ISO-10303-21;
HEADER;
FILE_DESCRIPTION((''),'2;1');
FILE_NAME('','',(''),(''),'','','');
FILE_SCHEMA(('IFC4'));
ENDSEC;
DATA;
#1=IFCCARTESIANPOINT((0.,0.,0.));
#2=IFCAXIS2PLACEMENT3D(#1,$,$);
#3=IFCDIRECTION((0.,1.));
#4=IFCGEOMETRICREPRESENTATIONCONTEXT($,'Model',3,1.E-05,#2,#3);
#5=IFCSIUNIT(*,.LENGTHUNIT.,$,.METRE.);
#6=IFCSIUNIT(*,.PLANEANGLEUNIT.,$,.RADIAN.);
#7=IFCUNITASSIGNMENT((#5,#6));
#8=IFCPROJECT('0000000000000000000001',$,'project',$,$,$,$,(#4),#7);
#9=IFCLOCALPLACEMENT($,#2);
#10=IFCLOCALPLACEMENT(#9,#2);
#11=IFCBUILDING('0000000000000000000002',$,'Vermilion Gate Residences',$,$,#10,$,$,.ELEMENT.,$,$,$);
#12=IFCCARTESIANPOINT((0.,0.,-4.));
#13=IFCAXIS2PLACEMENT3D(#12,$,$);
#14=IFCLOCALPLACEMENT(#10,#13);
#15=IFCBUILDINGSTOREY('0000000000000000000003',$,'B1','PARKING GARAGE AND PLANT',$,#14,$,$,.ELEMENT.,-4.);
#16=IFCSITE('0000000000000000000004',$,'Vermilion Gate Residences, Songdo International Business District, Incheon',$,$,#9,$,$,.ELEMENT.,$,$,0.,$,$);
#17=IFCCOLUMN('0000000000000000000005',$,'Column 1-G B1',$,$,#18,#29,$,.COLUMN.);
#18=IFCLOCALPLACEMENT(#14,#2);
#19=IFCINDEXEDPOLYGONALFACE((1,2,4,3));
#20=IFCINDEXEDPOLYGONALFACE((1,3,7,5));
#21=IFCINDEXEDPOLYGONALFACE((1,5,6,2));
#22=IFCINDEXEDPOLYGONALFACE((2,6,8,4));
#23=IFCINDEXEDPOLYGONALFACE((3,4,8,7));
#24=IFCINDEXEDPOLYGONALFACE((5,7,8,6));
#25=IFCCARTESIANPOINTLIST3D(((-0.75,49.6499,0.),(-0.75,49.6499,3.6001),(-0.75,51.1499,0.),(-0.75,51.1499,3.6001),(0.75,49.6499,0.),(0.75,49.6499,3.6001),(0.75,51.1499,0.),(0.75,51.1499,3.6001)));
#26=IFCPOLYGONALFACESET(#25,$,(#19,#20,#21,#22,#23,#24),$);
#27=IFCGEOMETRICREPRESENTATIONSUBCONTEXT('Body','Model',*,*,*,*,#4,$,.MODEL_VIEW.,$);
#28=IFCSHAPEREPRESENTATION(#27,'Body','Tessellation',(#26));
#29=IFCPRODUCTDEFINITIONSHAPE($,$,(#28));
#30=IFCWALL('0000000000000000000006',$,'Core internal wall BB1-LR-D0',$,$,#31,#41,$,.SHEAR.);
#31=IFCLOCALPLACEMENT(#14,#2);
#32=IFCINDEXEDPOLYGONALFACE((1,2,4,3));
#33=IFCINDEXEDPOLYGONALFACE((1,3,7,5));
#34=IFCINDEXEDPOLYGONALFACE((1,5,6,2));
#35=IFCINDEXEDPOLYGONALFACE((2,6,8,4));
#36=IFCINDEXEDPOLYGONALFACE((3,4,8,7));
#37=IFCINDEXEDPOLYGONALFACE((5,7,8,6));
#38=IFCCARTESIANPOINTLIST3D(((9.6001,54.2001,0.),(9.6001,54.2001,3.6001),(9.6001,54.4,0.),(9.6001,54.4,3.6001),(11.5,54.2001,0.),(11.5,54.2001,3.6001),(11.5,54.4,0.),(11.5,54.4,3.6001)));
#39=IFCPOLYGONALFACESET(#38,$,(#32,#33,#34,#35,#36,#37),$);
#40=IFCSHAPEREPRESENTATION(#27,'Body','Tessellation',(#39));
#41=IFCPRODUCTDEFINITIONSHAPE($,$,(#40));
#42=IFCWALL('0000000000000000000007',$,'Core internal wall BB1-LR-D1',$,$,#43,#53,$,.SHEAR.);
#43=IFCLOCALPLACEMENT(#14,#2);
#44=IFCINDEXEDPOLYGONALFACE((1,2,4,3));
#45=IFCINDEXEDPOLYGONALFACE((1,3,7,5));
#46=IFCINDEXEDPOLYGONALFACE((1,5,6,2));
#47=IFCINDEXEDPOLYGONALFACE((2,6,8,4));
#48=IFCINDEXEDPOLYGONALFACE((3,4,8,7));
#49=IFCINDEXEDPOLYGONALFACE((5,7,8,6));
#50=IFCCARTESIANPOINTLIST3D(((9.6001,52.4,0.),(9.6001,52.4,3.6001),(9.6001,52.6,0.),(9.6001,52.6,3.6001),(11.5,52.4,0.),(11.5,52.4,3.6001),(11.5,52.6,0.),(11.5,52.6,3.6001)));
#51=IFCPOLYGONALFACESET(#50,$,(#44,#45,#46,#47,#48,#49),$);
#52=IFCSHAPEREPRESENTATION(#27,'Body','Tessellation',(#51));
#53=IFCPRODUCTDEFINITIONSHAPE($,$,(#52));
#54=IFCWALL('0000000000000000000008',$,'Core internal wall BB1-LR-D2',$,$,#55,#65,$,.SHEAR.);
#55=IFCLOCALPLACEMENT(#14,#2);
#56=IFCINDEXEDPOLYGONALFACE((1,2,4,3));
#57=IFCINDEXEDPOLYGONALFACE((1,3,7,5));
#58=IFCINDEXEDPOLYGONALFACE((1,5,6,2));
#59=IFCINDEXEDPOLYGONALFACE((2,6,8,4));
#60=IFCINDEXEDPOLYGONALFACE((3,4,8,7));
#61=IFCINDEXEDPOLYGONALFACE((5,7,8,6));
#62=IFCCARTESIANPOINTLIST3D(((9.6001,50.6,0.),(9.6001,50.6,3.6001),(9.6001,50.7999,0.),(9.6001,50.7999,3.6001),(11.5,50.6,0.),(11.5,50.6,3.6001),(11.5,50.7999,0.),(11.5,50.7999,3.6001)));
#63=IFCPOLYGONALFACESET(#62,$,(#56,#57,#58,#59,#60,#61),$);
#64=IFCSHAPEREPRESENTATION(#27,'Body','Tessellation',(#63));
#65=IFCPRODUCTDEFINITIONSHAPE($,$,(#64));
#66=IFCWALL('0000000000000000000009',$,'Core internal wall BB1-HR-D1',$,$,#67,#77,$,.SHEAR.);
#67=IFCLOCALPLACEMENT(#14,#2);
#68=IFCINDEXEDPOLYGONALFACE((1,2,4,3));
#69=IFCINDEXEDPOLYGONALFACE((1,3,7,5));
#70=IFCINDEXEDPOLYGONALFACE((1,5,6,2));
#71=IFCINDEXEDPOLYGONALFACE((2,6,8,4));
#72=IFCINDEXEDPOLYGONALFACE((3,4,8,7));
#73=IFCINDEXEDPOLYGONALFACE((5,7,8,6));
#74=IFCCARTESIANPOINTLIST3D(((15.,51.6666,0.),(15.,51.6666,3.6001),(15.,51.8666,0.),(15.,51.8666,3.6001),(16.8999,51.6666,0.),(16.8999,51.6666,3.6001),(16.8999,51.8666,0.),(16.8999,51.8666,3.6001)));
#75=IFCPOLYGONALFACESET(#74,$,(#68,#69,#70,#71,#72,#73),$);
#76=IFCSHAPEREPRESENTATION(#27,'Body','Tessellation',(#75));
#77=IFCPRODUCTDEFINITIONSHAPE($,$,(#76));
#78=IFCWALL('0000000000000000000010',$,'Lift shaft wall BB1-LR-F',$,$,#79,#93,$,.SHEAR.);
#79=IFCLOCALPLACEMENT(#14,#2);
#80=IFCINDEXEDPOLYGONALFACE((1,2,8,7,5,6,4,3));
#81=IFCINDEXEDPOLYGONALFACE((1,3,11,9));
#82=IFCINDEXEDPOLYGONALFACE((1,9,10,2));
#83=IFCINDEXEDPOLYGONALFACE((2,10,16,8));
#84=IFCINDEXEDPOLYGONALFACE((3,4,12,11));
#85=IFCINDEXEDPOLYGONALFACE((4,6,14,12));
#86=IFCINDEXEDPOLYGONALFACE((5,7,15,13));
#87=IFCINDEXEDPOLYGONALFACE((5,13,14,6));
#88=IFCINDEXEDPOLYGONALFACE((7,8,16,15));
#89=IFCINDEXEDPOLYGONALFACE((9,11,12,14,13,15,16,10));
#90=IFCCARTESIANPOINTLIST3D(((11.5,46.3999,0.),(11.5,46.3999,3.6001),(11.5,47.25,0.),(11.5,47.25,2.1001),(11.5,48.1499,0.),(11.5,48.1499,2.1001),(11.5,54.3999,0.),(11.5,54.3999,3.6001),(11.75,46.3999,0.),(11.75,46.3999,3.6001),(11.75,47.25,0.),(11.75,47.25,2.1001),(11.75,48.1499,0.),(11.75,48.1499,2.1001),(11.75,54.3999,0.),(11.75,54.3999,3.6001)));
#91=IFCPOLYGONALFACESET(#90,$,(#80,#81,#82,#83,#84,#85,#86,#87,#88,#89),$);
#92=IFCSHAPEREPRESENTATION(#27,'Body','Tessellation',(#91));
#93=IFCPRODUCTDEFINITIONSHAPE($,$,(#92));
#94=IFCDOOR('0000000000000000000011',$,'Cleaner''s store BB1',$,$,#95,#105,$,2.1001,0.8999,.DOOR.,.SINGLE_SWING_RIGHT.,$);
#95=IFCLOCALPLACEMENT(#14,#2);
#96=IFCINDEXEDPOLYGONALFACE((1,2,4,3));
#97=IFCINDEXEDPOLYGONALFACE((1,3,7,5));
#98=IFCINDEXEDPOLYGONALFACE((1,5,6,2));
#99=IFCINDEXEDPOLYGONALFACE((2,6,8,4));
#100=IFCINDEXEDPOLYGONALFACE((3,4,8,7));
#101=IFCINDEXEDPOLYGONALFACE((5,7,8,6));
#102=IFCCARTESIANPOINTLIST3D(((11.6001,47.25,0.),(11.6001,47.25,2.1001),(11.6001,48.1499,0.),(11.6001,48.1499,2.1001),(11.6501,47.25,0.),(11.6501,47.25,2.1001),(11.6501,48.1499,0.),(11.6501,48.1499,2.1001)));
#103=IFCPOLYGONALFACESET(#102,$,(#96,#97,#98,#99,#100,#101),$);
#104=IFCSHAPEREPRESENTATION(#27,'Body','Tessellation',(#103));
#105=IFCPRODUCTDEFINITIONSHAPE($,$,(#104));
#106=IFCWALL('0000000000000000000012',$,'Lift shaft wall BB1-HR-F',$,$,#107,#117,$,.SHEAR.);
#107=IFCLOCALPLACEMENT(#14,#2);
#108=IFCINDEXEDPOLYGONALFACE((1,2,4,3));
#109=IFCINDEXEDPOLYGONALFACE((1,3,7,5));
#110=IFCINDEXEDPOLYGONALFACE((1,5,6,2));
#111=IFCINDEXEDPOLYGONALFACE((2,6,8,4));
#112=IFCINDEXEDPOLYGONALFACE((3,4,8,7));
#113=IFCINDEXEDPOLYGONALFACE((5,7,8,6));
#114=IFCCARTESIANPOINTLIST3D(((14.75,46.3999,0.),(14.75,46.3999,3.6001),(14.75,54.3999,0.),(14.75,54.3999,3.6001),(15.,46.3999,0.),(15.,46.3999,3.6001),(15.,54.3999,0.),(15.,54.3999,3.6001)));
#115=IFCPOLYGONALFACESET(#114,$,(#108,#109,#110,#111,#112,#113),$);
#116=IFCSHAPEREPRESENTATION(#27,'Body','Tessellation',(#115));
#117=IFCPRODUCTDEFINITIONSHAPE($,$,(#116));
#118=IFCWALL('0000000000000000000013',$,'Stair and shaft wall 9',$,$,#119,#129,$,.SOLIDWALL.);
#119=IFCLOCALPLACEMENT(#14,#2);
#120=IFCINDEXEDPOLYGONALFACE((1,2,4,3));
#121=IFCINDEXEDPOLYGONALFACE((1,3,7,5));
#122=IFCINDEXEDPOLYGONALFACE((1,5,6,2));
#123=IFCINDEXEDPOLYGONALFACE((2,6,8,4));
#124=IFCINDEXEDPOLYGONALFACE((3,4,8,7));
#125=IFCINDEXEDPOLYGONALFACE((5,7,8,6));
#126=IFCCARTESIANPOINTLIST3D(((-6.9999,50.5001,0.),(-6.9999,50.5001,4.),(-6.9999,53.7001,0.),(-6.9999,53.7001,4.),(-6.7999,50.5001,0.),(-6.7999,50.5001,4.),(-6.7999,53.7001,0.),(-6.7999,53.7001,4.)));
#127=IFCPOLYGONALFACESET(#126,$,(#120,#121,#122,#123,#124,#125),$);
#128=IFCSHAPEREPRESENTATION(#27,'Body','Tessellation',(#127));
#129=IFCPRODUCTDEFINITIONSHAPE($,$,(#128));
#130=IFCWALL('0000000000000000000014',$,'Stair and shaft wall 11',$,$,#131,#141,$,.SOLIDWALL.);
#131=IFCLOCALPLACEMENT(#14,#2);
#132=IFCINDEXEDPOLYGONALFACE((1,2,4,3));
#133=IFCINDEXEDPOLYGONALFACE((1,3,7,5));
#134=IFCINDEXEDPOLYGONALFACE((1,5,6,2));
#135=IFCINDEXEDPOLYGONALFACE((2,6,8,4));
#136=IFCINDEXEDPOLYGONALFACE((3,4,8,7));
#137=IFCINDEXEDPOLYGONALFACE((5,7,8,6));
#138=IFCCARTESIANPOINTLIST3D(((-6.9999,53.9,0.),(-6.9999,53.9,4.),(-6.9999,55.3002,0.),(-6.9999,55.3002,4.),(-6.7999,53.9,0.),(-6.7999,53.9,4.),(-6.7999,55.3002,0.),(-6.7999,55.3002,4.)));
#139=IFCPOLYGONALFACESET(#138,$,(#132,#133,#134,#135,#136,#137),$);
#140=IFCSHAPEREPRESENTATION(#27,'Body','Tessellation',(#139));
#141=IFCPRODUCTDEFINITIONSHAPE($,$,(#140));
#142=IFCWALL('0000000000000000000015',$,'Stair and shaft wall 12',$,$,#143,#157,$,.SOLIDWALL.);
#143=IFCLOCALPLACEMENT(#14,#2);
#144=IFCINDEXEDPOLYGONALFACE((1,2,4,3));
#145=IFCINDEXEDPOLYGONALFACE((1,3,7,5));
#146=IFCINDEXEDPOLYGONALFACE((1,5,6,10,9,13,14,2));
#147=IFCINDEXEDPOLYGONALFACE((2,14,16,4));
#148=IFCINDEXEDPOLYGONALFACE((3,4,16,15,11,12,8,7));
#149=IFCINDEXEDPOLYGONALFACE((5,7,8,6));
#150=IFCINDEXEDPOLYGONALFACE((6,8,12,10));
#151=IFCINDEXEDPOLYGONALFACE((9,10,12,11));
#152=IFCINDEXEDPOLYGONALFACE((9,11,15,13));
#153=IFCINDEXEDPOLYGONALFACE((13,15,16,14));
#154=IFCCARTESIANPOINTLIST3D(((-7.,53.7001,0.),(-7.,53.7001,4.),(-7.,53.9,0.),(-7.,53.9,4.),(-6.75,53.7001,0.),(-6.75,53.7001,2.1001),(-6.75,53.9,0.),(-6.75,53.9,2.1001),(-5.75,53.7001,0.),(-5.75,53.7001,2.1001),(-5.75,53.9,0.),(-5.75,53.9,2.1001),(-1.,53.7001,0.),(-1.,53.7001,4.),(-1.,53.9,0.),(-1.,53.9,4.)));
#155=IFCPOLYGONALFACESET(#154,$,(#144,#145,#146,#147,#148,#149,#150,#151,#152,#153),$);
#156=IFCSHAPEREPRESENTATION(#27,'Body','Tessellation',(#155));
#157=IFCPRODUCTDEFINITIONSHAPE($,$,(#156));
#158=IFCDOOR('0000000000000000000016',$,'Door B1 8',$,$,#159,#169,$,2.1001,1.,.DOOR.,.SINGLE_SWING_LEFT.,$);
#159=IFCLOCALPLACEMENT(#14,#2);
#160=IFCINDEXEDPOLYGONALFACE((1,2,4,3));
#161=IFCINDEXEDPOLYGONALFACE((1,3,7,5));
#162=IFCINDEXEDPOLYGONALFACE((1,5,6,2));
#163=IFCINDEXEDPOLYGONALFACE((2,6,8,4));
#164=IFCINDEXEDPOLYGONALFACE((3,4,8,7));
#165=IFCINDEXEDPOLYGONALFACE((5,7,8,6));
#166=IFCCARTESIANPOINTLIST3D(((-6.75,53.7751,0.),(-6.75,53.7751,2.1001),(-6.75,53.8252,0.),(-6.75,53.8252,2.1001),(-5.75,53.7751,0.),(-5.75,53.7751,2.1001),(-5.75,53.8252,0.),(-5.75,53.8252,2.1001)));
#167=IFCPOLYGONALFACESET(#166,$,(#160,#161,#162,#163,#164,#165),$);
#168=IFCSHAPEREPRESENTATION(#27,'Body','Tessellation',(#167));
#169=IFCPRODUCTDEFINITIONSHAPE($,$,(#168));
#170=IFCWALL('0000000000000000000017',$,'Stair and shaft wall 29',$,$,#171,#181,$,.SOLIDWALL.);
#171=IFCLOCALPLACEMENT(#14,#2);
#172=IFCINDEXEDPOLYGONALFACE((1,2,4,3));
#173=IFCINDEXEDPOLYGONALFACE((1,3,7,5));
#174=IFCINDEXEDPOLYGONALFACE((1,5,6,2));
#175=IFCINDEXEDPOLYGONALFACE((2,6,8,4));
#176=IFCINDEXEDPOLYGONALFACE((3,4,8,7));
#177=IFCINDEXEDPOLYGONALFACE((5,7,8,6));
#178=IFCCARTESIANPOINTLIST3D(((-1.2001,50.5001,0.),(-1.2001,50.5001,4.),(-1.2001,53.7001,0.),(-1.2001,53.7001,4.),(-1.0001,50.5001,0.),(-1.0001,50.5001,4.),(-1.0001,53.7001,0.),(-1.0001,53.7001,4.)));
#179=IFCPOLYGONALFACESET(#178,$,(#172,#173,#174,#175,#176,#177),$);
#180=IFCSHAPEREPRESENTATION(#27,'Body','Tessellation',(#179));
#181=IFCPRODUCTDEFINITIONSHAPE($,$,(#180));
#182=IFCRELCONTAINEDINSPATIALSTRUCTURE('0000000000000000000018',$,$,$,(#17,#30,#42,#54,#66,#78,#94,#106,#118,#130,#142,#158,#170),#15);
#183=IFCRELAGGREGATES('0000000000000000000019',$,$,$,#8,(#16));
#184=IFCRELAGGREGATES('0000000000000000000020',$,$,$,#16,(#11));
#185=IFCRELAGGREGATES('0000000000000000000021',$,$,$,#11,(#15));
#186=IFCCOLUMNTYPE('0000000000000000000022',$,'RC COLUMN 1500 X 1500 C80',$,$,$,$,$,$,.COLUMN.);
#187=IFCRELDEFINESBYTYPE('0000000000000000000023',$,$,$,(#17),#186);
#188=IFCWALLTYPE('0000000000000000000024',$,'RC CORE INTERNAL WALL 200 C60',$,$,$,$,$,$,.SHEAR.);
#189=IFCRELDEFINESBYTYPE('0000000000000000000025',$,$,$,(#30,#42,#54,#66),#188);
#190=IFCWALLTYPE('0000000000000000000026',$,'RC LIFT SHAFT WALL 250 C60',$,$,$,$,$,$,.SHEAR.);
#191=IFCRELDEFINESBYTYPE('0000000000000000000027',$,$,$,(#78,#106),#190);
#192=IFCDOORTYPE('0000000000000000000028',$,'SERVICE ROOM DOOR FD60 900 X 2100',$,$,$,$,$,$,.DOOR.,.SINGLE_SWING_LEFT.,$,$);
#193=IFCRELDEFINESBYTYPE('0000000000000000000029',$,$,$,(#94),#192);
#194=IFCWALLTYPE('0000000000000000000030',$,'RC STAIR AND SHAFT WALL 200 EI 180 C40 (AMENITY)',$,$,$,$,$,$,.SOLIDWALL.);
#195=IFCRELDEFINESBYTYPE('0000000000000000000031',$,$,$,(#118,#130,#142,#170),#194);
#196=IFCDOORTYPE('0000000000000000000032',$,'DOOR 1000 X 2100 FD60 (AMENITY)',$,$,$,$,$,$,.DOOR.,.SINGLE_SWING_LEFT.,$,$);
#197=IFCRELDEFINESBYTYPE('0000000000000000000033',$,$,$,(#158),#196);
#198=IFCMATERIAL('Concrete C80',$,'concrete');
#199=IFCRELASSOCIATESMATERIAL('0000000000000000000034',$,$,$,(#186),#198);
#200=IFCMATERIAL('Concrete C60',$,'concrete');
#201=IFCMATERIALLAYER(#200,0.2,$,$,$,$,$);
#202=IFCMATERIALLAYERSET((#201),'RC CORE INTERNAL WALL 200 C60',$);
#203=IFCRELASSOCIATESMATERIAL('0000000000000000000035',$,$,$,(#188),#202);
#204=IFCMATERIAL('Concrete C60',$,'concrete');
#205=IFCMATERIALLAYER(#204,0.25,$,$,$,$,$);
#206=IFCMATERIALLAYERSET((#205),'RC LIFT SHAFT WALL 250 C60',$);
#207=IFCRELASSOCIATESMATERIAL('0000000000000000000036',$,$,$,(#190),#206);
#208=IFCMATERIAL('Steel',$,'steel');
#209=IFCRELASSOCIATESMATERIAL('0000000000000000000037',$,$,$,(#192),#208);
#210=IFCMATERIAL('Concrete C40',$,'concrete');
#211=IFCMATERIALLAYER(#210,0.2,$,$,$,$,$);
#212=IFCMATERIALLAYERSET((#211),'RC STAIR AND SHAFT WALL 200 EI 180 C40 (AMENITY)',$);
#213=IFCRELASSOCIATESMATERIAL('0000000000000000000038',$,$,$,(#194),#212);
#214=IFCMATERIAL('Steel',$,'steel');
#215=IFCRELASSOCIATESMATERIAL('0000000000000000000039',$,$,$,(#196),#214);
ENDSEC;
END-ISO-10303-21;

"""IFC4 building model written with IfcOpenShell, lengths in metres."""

from ifc_helpers import new_model, si_unit, direction, frame, frame_2d, origin, origin_2d, place, context, subcontext, project, spatial, rectangle, extrude, material, layer, layer_set, material_profile, profile_set, type_object, element, fill, save


model = new_model("IFC4")

# Units and contexts
model_context = context("Model", 3, precision=1e-05, world=origin(), true_north=direction((0.0, 1.0)))
body_context = subcontext(model_context, "Body", "Model", "MODEL_VIEW")
ifc_project = project(units=[si_unit("LENGTHUNIT", "METRE"), si_unit("PLANEANGLEUNIT", "RADIAN")], contexts=[model_context])

# Site, building, storey
site_placement = place(None, origin())
site = spatial("IfcSite", under=ifc_project, at=site_placement, Name="Vermilion Gate Residences, Songdo International Business District, Incheon", CompositionType="ELEMENT", RefElevation=0.0)
building_placement = place(site_placement, origin())
building = spatial("IfcBuilding", under=site, at=building_placement, Name="Vermilion Gate Residences", CompositionType="ELEMENT")
storey_placement = place(building_placement, frame((0.0, 0.0, -4.0)))
storey = spatial("IfcBuildingStorey", under=building, at=storey_placement, Name="B1", Description="PARKING GARAGE AND PLANT", CompositionType="ELEMENT", Elevation=-4.0)

# Column
ifc_material_1 = material(Name="Concrete C80", Category="concrete")
ifc_material_profile = material_profile(ifc_material_1, rectangle(XDim=1.5, YDim=1.5, at=origin_2d()), Name="RC-1500x1500")
ifc_profile_set = profile_set([ifc_material_profile], Name="Concrete C80")
column_type = type_object("IfcColumnType", Name="RC COLUMN 1500 X 1500 C80", PredefinedType="COLUMN", material=ifc_profile_set)
column_placement = place(storey_placement, frame((0.0, 50.3999, 0.0), z_axis=(0.0, 0.0, 1.0), x_axis=(1.0, 0.0, 0.0)))
element("IfcColumn", 1, at=column_placement, inside=storey, type_object=column_type, Name="Column 1-G B1", PredefinedType="COLUMN", context=body_context, shape_type="SweptSolid", body=[
    extrude(rectangle(XDim=1.5, YDim=1.5, at=origin_2d()), origin(), (0.0, 0.0, 1.0), 3.6001),
])

# Walls
ifc_material_2 = material(Name="Concrete C60", Category="concrete")
ifc_layer_1 = layer(ifc_material_2, 0.2)
ifc_layer_set_1 = layer_set([ifc_layer_1], Name="RC CORE INTERNAL WALL 200 C60")
wall_type_1 = type_object("IfcWallType", Name="RC CORE INTERNAL WALL 200 C60", PredefinedType="SHEAR", material=ifc_layer_set_1)
for number, where, z_axis, x_axis, name in (
    (2, (9.6001, 54.3, 0.0), (0.0, 0.0, 1.0), (1.0, 0.0, 0.0), "Core internal wall BB1-LR-D0"),
    (3, (9.6001, 52.5, 0.0), (0.0, 0.0, 1.0), (1.0, 0.0, 0.0), "Core internal wall BB1-LR-D1"),
    (4, (9.6001, 50.7, 0.0), (0.0, 0.0, 1.0), (1.0, 0.0, 0.0), "Core internal wall BB1-LR-D2"),
    (5, (15.0, 51.7666, 0.0), (0.0, 0.0, 1.0), (1.0, 0.0, 0.0), "Core internal wall BB1-HR-D1"),
):
    element("IfcWall", number, at=place(storey_placement, frame(where, z_axis=z_axis, x_axis=x_axis)), inside=storey, type_object=wall_type_1, Name=name, PredefinedType="SHEAR", context=body_context, shape_type="SweptSolid", body=[
        extrude(rectangle(XDim=1.8999, YDim=0.2, at=frame_2d((0.95, 0.0))), origin(), (0.0, 0.0, 1.0), 3.6001),
    ])

# Wall, opening, door
ifc_material_3 = material(Name="Concrete C60", Category="concrete")
ifc_layer_2 = layer(ifc_material_3, 0.25)
ifc_layer_set_2 = layer_set([ifc_layer_2], Name="RC LIFT SHAFT WALL 250 C60")
wall_type_2 = type_object("IfcWallType", Name="RC LIFT SHAFT WALL 250 C60", PredefinedType="SHEAR", material=ifc_layer_set_2)
wall_1_placement = place(storey_placement, frame((11.625, 54.3999, 0.0), z_axis=(0.0, 0.0, 1.0), x_axis=(0.0, -1.0, 0.0)))
wall_1 = element("IfcWall", 6, at=wall_1_placement, inside=storey, type_object=wall_type_2, Name="Lift shaft wall BB1-LR-F", PredefinedType="SHEAR", context=body_context, shape_type="SweptSolid", body=[
    extrude(rectangle(XDim=8.0, YDim=0.25, at=frame_2d((4.0, 0.0))), origin(), (0.0, 0.0, 1.0), 3.6001),
])
opening_1_placement = place(wall_1_placement, frame((6.25, 0.0, 0.0)))
opening_1 = element("IfcOpeningElement", 7, at=opening_1_placement, cuts=wall_1, PredefinedType="OPENING", context=body_context, shape_type="SweptSolid", body=[
    extrude(rectangle(XDim=0.8999, YDim=2.1001, at=frame_2d((0.45, 1.05))), frame((0.0, 0.135, 0.0), z_axis=(0.0, -1.0, 0.0), x_axis=(1.0, 0.0, 0.0)), (0.0, 0.0, 1.0), 0.27),
])
ifc_material_4 = material(Name="Steel", Category="steel")
door_type_1 = type_object("IfcDoorType", Name="SERVICE ROOM DOOR FD60 900 X 2100", OperationType="SINGLE_SWING_LEFT", PredefinedType="DOOR", material=ifc_material_4)
door_1_placement = place(opening_1_placement, frame((0.8999, 0.0, 0.0), z_axis=(0.0, 0.0, 1.0), x_axis=(-1.0, 0.0, 0.0)))
door_1 = element("IfcDoor", 8, at=door_1_placement, inside=storey, type_object=door_type_1, Name="Cleaner's store BB1", OperationType="SINGLE_SWING_RIGHT", OverallHeight=2.1001, OverallWidth=0.8999, PredefinedType="DOOR", context=body_context, shape_type="SweptSolid", body=[
    extrude(rectangle(XDim=0.8999, YDim=2.1001, at=frame_2d((0.45, 1.05))), frame((0.0, 0.0249, 0.0), z_axis=(0.0, -1.0, 0.0), x_axis=(1.0, 0.0, 0.0)), (0.0, 0.0, 1.0), 0.05),
])
fill(opening_1, door_1)

# Walls
wall_2_placement = place(storey_placement, frame((14.875, 54.3999, 0.0), z_axis=(0.0, 0.0, 1.0), x_axis=(0.0, -1.0, 0.0)))
element("IfcWall", 9, at=wall_2_placement, inside=storey, type_object=wall_type_2, Name="Lift shaft wall BB1-HR-F", PredefinedType="SHEAR", context=body_context, shape_type="SweptSolid", body=[
    extrude(rectangle(XDim=8.0, YDim=0.25, at=frame_2d((4.0, 0.0))), origin(), (0.0, 0.0, 1.0), 3.6001),
])
ifc_material_5 = material(Name="Concrete C40", Category="concrete")
ifc_layer_3 = layer(ifc_material_5, 0.2)
ifc_layer_set_3 = layer_set([ifc_layer_3], Name="RC STAIR AND SHAFT WALL 200 EI 180 C40 (AMENITY)")
wall_type_3 = type_object("IfcWallType", Name="RC STAIR AND SHAFT WALL 200 EI 180 C40 (AMENITY)", PredefinedType="SOLIDWALL", material=ifc_layer_set_3)
wall_3_placement = place(storey_placement, frame((-6.8999, 50.5, 0.0), z_axis=(0.0, 0.0, 1.0), x_axis=(0.0, 1.0, 0.0)))
element("IfcWall", 10, at=wall_3_placement, inside=storey, type_object=wall_type_3, Name="Stair and shaft wall 9", PredefinedType="SOLIDWALL", context=body_context, shape_type="SweptSolid", body=[
    extrude(rectangle(XDim=3.2, YDim=0.2, at=frame_2d((1.6001, 0.0))), origin(), (0.0, 0.0, 1.0), 4.0),
])
wall_4_placement = place(storey_placement, frame((-6.8999, 53.8999, 0.0), z_axis=(0.0, 0.0, 1.0), x_axis=(0.0, 1.0, 0.0)))
element("IfcWall", 11, at=wall_4_placement, inside=storey, type_object=wall_type_3, Name="Stair and shaft wall 11", PredefinedType="SOLIDWALL", context=body_context, shape_type="SweptSolid", body=[
    extrude(rectangle(XDim=1.4001, YDim=0.2, at=frame_2d((0.7002, 0.0))), origin(), (0.0, 0.0, 1.0), 4.0),
])

# Wall, opening, door
wall_5_placement = place(storey_placement, frame((-7.0, 53.8, 0.0), z_axis=(0.0, 0.0, 1.0), x_axis=(1.0, 0.0, 0.0)))
wall_5 = element("IfcWall", 12, at=wall_5_placement, inside=storey, type_object=wall_type_3, Name="Stair and shaft wall 12", PredefinedType="SOLIDWALL", context=body_context, shape_type="SweptSolid", body=[
    extrude(rectangle(XDim=6.0, YDim=0.2, at=frame_2d((3.0, 0.0))), origin(), (0.0, 0.0, 1.0), 4.0),
])
opening_2_placement = place(wall_5_placement, frame((0.25, 0.0, 0.0)))
opening_2 = element("IfcOpeningElement", 13, at=opening_2_placement, cuts=wall_5, PredefinedType="OPENING", context=body_context, shape_type="SweptSolid", body=[
    extrude(rectangle(XDim=1.0, YDim=2.1001, at=frame_2d((0.5, 1.05))), frame((0.0, 0.1099, 0.0), z_axis=(0.0, -1.0, 0.0), x_axis=(1.0, 0.0, 0.0)), (0.0, 0.0, 1.0), 0.22),
])
ifc_material_6 = material(Name="Steel", Category="steel")
door_type_2 = type_object("IfcDoorType", Name="DOOR 1000 X 2100 FD60 (AMENITY)", OperationType="SINGLE_SWING_LEFT", PredefinedType="DOOR", material=ifc_material_6)
door_2_placement = place(opening_2_placement, frame((1.0, 0.0, 0.0), z_axis=(0.0, 0.0, 1.0), x_axis=(-1.0, 0.0, 0.0)))
door_2 = element("IfcDoor", 14, at=door_2_placement, inside=storey, type_object=door_type_2, Name="Door B1 8", OperationType="SINGLE_SWING_LEFT", OverallHeight=2.1001, OverallWidth=1.0, PredefinedType="DOOR", context=body_context, shape_type="SweptSolid", body=[
    extrude(rectangle(XDim=1.0, YDim=2.1001, at=frame_2d((0.5, 1.05))), frame((0.0, 0.0249, 0.0), z_axis=(0.0, -1.0, 0.0), x_axis=(1.0, 0.0, 0.0)), (0.0, 0.0, 1.0), 0.05),
])
fill(opening_2, door_2)

# Wall
wall_6_placement = place(storey_placement, frame((-1.1001, 50.5, 0.0), z_axis=(0.0, 0.0, 1.0), x_axis=(0.0, 1.0, 0.0)))
element("IfcWall", 15, at=wall_6_placement, inside=storey, type_object=wall_type_3, Name="Stair and shaft wall 29", PredefinedType="SOLIDWALL", context=body_context, shape_type="SweptSolid", body=[
    extrude(rectangle(XDim=3.2, YDim=0.2, at=frame_2d((1.6001, 0.0))), origin(), (0.0, 0.0, 1.0), 4.0),
])

save(model, "model.ifc")
